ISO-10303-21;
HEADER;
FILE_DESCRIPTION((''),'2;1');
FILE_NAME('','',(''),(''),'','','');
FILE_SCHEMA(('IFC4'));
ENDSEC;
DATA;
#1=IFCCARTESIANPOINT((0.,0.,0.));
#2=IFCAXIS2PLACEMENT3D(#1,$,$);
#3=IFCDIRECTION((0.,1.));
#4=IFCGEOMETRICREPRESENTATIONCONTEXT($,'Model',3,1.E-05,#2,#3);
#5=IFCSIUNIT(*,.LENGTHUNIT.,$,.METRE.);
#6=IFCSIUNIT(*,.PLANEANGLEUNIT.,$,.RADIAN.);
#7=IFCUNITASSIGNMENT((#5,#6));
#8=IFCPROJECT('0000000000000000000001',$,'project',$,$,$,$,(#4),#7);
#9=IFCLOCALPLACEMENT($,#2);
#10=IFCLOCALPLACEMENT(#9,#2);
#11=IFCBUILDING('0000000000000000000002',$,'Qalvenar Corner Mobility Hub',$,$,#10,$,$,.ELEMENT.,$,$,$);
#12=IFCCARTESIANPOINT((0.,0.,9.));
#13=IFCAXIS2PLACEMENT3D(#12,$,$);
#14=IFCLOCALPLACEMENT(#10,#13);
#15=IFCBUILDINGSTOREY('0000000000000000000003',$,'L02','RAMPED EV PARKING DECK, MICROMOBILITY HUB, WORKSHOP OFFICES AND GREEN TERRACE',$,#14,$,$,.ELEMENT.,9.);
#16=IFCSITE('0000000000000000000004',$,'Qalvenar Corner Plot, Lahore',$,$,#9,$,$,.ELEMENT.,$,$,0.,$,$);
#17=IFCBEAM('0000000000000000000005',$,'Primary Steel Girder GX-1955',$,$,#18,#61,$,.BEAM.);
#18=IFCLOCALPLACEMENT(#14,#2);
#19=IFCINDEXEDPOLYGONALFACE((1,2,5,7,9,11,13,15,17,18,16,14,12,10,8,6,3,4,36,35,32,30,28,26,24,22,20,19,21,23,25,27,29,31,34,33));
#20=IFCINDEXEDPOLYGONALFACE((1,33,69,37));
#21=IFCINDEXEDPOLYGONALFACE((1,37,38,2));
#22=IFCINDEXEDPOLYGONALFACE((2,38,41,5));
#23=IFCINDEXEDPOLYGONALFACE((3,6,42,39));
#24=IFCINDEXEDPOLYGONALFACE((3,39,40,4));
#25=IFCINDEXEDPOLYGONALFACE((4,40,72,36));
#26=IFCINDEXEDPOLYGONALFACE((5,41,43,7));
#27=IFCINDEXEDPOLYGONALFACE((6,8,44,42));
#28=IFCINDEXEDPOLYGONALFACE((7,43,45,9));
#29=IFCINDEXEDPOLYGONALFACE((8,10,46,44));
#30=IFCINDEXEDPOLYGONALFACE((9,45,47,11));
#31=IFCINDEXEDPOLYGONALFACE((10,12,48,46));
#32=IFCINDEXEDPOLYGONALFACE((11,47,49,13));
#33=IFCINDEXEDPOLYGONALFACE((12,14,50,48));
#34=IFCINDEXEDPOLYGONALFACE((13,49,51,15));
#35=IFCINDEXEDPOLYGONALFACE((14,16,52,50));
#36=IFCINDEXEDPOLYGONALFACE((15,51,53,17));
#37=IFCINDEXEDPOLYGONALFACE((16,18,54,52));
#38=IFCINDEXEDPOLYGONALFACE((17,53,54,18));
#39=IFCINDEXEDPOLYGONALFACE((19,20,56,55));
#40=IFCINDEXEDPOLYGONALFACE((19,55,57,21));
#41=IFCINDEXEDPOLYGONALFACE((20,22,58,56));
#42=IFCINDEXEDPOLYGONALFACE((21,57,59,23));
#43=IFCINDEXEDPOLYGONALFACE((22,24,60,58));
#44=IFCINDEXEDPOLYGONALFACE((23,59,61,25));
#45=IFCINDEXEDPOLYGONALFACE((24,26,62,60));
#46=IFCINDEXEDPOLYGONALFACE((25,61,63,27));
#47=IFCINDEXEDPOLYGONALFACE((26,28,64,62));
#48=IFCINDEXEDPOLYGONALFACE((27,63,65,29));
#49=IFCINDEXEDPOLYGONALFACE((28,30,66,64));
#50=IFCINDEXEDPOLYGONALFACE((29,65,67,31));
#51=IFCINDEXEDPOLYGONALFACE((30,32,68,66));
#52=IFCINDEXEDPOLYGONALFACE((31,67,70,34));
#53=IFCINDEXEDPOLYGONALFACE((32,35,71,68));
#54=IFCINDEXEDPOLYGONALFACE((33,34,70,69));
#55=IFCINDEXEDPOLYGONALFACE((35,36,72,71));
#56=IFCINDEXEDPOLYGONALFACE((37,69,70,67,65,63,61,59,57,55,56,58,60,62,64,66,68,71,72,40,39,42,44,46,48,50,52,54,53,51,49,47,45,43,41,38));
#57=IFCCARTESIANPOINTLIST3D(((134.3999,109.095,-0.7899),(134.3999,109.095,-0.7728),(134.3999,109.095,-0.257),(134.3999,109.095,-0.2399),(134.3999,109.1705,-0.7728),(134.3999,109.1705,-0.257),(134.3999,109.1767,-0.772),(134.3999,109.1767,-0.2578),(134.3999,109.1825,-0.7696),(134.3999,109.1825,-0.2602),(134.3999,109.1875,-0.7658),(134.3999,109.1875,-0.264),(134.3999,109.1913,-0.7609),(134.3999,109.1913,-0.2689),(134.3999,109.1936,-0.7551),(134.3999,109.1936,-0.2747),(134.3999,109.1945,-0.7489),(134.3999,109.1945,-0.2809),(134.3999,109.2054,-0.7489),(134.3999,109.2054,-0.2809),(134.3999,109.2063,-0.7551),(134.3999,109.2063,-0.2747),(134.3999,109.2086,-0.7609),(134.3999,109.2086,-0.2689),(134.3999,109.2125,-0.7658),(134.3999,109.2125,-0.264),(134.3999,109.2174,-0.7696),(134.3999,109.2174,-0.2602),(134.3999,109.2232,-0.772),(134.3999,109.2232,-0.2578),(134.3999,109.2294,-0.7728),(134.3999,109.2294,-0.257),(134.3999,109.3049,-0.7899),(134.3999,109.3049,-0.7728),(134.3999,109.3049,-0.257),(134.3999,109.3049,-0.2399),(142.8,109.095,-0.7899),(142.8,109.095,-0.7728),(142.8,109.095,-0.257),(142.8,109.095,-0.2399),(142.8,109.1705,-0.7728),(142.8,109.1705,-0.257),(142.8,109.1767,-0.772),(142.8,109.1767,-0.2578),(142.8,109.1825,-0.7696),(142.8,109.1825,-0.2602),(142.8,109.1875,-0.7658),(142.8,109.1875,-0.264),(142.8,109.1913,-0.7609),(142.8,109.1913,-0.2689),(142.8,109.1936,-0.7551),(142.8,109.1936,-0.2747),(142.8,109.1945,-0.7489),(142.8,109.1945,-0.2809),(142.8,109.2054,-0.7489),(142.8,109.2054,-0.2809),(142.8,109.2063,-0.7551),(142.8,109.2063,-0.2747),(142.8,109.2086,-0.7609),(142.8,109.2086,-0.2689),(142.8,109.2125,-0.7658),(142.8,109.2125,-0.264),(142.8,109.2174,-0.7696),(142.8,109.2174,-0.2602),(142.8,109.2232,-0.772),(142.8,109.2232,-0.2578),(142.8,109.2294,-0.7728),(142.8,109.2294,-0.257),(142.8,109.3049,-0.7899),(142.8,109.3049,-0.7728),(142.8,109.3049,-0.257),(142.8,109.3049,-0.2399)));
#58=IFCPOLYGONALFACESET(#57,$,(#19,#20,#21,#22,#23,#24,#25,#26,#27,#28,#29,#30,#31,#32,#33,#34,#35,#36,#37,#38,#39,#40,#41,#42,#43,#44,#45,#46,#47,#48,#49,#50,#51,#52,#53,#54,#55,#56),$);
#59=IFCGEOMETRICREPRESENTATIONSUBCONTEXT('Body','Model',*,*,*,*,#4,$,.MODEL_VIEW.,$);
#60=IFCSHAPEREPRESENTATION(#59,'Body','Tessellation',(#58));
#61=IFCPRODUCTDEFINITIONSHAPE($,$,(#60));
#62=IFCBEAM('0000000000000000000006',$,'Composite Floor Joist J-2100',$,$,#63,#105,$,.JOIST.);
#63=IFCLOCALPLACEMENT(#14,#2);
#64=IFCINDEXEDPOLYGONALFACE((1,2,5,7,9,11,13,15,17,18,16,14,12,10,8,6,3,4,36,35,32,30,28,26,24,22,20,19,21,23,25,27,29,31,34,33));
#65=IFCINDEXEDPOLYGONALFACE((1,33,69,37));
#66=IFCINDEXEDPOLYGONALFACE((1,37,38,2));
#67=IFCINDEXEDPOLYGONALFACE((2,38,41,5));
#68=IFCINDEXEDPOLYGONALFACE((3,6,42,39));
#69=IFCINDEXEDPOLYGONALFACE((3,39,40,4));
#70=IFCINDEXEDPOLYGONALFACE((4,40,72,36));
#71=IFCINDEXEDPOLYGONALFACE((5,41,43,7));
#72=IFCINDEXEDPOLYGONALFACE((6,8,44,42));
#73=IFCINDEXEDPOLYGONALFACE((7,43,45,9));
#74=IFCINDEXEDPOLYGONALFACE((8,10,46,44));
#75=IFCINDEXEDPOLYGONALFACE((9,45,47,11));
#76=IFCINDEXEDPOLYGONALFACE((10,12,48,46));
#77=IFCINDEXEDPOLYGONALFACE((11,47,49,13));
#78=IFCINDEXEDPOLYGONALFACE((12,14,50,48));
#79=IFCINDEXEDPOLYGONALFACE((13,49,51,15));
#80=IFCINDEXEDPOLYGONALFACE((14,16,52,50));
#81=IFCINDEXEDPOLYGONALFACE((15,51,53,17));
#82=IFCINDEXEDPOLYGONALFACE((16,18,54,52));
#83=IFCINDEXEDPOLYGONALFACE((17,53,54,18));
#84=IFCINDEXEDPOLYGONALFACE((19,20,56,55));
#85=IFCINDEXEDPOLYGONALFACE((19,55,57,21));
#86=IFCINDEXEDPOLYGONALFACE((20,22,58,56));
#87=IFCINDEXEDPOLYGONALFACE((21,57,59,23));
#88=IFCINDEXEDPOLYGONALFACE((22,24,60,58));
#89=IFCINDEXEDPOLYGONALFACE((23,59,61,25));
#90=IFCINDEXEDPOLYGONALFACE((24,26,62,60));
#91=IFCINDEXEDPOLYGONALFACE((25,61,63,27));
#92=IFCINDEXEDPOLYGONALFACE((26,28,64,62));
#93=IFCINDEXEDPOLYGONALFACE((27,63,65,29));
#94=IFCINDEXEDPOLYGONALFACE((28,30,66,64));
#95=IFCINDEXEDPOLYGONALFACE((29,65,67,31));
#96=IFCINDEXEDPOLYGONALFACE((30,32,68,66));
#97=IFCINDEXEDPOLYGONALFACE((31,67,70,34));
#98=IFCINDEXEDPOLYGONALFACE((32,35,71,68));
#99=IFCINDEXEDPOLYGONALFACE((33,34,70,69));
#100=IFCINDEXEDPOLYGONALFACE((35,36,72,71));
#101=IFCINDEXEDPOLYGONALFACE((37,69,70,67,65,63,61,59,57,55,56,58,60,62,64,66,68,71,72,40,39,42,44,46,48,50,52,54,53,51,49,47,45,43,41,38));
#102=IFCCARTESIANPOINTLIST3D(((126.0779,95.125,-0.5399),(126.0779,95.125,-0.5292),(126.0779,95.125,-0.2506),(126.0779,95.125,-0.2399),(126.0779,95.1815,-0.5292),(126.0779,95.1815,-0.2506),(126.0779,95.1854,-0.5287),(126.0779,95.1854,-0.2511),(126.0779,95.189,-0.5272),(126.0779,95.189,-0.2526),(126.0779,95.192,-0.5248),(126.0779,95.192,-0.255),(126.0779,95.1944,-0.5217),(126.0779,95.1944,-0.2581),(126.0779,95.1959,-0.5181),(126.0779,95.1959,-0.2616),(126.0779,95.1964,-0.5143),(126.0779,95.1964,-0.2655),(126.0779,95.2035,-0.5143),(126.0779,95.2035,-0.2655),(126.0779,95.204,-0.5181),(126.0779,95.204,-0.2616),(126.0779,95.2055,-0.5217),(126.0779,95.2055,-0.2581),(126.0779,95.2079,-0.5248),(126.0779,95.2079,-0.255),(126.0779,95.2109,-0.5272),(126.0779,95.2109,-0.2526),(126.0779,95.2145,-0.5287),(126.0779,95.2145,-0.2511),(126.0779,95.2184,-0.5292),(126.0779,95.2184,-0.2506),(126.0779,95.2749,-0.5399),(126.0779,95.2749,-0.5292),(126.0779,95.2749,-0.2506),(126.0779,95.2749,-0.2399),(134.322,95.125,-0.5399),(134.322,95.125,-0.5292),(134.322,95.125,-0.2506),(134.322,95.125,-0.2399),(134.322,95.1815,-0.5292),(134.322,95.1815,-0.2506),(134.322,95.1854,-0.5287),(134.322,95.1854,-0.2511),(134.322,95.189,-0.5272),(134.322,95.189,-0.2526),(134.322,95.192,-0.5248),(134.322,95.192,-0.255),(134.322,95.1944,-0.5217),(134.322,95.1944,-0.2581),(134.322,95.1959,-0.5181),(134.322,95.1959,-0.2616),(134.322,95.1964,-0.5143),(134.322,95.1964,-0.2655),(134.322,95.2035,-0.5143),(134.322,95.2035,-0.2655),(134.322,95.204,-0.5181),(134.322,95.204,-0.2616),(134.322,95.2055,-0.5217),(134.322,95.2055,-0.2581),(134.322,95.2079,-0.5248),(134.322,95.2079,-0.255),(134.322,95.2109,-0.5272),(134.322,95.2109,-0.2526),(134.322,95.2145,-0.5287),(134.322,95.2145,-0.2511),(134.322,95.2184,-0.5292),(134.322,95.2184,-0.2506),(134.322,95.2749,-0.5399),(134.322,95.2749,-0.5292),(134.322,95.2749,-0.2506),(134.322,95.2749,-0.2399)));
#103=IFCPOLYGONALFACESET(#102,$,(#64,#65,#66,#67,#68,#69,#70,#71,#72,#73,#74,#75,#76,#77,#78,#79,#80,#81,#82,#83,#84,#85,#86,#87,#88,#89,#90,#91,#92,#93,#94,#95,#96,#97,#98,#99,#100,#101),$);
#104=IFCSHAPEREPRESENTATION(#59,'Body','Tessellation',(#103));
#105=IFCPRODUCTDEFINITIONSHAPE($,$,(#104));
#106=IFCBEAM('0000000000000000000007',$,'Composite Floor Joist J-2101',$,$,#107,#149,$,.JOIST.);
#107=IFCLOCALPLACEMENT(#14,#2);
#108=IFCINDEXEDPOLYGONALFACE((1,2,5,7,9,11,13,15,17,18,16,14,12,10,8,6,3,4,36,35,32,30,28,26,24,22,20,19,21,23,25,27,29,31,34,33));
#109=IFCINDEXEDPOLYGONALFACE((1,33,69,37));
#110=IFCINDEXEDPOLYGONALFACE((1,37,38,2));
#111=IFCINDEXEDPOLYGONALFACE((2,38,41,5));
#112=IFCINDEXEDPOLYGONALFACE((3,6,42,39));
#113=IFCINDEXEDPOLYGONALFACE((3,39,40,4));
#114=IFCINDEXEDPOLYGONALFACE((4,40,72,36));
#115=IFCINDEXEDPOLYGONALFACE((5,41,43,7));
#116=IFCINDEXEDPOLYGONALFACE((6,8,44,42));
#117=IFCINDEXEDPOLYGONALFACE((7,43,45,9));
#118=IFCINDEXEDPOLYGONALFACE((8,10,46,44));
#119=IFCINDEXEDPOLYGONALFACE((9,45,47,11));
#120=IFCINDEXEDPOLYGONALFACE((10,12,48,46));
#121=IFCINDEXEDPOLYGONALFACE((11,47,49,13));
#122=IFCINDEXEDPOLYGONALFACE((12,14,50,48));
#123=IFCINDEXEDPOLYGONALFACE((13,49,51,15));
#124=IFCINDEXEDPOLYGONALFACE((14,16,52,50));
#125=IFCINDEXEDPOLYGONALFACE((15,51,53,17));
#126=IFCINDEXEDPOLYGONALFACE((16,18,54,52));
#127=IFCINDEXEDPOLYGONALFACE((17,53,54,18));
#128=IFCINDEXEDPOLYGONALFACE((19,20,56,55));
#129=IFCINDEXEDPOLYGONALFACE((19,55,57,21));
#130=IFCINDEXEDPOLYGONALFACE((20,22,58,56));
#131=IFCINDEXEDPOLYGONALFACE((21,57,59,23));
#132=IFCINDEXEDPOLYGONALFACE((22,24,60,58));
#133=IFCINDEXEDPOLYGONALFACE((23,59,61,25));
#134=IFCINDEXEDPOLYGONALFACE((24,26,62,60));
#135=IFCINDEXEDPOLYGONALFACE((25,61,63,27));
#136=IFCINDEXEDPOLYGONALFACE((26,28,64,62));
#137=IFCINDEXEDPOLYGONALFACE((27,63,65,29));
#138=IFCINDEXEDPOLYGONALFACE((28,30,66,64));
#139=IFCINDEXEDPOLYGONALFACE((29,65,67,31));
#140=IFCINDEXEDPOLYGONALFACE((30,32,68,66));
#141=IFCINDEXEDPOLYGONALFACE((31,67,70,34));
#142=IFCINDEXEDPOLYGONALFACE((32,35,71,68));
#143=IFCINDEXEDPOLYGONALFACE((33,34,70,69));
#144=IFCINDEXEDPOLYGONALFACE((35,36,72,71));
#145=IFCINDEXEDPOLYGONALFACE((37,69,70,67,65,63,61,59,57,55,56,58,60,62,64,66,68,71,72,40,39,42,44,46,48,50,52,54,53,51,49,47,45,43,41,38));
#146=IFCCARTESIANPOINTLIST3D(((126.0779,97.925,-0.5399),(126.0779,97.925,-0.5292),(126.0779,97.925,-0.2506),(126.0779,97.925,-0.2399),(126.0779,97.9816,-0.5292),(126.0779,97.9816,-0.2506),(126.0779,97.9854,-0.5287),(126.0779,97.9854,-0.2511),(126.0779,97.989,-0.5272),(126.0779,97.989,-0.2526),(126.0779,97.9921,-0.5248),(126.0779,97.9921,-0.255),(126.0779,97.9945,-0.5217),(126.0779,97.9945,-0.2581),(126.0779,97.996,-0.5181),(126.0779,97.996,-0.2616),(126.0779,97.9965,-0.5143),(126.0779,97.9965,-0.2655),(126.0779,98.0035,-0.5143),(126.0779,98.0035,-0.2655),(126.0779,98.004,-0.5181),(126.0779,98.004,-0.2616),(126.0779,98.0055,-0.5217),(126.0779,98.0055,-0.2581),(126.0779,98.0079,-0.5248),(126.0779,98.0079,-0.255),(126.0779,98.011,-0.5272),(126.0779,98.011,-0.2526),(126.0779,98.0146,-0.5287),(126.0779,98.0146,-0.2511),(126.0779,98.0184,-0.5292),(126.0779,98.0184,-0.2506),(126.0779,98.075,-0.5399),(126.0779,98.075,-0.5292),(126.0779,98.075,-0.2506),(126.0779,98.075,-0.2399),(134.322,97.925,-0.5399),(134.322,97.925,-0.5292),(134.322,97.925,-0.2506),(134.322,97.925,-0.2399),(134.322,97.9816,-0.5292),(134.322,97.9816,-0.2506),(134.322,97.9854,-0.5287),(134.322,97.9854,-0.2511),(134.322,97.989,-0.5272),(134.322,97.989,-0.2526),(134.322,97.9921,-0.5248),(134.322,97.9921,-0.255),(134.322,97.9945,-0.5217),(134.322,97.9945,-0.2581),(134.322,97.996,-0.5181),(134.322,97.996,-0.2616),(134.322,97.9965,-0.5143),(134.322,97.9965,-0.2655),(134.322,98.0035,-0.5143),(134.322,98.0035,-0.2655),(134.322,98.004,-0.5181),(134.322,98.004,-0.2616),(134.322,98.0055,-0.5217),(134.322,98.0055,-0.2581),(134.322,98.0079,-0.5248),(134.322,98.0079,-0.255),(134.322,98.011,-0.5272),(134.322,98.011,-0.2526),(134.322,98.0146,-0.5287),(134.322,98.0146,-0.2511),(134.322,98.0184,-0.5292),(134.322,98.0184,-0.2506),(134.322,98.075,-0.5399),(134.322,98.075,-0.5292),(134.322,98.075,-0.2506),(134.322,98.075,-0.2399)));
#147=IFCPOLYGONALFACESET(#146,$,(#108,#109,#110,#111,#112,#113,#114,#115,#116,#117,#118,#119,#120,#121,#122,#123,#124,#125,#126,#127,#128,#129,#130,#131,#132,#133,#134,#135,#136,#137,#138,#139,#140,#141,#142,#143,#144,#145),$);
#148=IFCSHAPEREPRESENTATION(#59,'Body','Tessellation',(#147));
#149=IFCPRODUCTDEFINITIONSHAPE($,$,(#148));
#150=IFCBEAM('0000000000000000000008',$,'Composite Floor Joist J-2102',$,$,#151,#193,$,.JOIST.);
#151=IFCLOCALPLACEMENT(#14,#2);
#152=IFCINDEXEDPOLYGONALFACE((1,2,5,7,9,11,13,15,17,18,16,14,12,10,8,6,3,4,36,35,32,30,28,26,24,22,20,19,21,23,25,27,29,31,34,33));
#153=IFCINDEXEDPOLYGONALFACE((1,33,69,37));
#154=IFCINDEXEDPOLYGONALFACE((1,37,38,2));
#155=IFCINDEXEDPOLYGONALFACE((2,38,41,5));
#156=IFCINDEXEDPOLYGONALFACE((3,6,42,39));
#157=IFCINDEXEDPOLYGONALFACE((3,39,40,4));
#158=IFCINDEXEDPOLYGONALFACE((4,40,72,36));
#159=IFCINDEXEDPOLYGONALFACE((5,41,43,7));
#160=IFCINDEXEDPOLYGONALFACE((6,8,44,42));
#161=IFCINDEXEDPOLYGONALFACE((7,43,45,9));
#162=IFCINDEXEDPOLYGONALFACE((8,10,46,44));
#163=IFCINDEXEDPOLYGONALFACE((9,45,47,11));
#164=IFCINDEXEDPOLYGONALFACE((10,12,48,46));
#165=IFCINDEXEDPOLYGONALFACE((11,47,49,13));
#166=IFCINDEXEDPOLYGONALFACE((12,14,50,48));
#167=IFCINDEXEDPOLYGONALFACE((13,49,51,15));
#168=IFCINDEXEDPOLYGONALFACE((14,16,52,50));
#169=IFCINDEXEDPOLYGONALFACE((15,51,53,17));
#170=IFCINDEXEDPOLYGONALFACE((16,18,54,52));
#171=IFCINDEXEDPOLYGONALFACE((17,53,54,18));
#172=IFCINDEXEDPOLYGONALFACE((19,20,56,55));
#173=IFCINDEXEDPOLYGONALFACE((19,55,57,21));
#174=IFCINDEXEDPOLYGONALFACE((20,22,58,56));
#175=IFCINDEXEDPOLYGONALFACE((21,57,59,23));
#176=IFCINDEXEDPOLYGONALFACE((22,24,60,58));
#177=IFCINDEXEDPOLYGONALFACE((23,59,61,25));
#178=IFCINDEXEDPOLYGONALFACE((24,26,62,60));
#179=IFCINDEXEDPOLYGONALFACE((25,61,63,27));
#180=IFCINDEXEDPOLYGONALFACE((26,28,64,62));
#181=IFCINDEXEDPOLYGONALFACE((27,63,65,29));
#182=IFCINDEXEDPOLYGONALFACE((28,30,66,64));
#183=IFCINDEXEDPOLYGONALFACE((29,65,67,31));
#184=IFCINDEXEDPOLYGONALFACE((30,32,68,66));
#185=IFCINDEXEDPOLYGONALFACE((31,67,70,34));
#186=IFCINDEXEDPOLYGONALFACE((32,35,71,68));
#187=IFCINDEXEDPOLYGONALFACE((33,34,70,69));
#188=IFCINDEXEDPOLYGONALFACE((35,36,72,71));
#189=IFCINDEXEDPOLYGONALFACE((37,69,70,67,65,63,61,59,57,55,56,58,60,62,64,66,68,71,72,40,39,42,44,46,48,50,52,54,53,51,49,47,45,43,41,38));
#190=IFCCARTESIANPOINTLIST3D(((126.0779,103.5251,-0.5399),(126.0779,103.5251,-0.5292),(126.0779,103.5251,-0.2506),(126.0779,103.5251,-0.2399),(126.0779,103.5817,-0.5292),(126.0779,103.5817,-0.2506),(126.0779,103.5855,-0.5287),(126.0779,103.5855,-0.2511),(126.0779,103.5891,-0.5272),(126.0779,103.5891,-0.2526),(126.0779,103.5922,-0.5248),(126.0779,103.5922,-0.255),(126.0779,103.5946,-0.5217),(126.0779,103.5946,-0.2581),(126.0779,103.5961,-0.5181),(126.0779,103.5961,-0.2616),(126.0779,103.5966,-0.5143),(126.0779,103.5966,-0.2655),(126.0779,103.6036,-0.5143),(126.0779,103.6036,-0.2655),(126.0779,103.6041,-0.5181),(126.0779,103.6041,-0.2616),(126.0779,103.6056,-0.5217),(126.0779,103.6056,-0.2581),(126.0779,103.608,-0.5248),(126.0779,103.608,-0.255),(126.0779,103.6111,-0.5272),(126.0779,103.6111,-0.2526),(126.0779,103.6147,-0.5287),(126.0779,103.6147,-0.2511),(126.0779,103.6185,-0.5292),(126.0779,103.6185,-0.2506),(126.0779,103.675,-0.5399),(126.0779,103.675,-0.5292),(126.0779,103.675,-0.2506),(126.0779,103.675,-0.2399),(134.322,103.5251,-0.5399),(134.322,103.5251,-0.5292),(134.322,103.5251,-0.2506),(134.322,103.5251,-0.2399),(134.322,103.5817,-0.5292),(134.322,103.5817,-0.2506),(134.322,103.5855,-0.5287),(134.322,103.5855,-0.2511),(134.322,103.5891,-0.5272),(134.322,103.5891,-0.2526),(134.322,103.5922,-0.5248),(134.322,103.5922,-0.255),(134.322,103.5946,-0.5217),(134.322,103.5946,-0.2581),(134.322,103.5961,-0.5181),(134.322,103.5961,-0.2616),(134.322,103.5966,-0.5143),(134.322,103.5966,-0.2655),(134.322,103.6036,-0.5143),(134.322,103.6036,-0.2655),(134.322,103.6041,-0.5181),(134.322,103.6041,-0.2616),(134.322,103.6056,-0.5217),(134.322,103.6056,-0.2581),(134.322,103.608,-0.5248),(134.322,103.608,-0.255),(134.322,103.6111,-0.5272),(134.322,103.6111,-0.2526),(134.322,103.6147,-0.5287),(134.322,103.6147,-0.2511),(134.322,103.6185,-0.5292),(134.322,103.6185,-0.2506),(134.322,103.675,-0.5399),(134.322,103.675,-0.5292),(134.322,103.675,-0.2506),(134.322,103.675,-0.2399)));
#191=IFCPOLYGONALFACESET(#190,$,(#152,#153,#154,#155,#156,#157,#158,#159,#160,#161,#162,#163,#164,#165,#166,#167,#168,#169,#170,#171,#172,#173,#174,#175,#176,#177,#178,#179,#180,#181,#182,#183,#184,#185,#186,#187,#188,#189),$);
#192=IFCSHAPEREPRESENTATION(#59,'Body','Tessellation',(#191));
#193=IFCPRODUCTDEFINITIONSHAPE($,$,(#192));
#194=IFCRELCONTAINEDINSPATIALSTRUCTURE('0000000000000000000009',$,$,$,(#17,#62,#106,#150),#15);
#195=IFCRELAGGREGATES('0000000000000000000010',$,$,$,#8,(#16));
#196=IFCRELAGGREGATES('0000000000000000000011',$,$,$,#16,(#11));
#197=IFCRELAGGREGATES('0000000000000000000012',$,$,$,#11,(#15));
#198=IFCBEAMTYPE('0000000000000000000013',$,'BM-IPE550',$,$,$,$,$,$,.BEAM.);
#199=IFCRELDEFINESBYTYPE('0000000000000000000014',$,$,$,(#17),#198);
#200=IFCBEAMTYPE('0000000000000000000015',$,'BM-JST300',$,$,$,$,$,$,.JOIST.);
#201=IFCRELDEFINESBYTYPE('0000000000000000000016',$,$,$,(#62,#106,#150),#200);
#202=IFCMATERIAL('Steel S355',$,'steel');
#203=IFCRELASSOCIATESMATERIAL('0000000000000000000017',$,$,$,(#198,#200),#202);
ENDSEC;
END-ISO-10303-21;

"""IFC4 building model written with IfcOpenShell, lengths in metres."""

from ifc_helpers import new_model, si_unit, direction, frame, origin, origin_2d, place, context, subcontext, project, spatial, i_section, extrude, material, material_profile, profile_set, type_object, element, save


model = new_model("IFC4")

# Units and contexts
model_context = context("Model", 3, precision=1e-05, world=origin(), true_north=direction((0.0, 1.0)))
body_context = subcontext(model_context, "Body", "Model", "MODEL_VIEW")
ifc_project = project(units=[si_unit("LENGTHUNIT", "METRE"), si_unit("PLANEANGLEUNIT", "RADIAN")], contexts=[model_context])

# Site, building, storey
site_placement = place(None, origin())
site = spatial("IfcSite", under=ifc_project, at=site_placement, Name="Qalvenar Corner Plot, Lahore", CompositionType="ELEMENT", RefElevation=0.0)
building_placement = place(site_placement, origin())
building = spatial("IfcBuilding", under=site, at=building_placement, Name="Qalvenar Corner Mobility Hub", CompositionType="ELEMENT")
storey_placement = place(building_placement, frame((0.0, 0.0, 9.0)))
storey = spatial("IfcBuildingStorey", under=building, at=storey_placement, Name="L02", Description="RAMPED EV PARKING DECK, MICROMOBILITY HUB, WORKSHOP OFFICES AND GREEN TERRACE", CompositionType="ELEMENT", Elevation=9.0)

# Shared definitions
ifc_material_1 = material(Name="Steel S355", Category="steel")

# Beams
ifc_material_profile_1 = material_profile(ifc_material_1, i_section(OverallWidth=0.21, OverallDepth=0.55, WebThickness=0.011, FlangeThickness=0.0171, FilletRadius=0.0239, at=origin_2d()), Name="IPE550")
ifc_profile_set_1 = profile_set([ifc_material_profile_1], Name="Steel S355")
beam_type_1 = type_object("IfcBeamType", Name="BM-IPE550", PredefinedType="BEAM", material=ifc_profile_set_1)
beam_1_placement = place(storey_placement, frame((134.3999, 109.2, -0.5149), z_axis=(1.0, 0.0, 0.0), x_axis=(0.0, 1.0, 0.0)))
element("IfcBeam", 1, at=beam_1_placement, inside=storey, type_object=beam_type_1, Name="Primary Steel Girder GX-1955", PredefinedType="BEAM", context=body_context, shape_type="SweptSolid", body=[
    extrude(i_section(OverallWidth=0.21, OverallDepth=0.55, WebThickness=0.011, FlangeThickness=0.0171, FilletRadius=0.0239, at=origin_2d()), origin(), (0.0, 0.0, 1.0), 8.4001),
])
ifc_material_profile_2 = material_profile(ifc_material_1, i_section(OverallWidth=0.1499, OverallDepth=0.3, WebThickness=0.0071, FlangeThickness=0.0107, FilletRadius=0.0149, at=origin_2d()), Name="IPE300")
ifc_profile_set_2 = profile_set([ifc_material_profile_2], Name="Steel S355")
beam_type_2 = type_object("IfcBeamType", Name="BM-JST300", PredefinedType="JOIST", material=ifc_profile_set_2)
for number, where, z_axis, x_axis, name in (
    (2, (126.0779, 95.2, -0.3899), (1.0, 0.0, 0.0), (0.0, 1.0, 0.0), "Composite Floor Joist J-2100"),
    (3, (126.0779, 98.0, -0.3899), (1.0, 0.0, 0.0), (0.0, 1.0, 0.0), "Composite Floor Joist J-2101"),
    (4, (126.0779, 103.6001, -0.3899), (1.0, 0.0, 0.0), (0.0, 1.0, 0.0), "Composite Floor Joist J-2102"),
):
    element("IfcBeam", number, at=place(storey_placement, frame(where, z_axis=z_axis, x_axis=x_axis)), inside=storey, type_object=beam_type_2, Name=name, PredefinedType="JOIST", context=body_context, shape_type="SweptSolid", body=[
        extrude(i_section(OverallWidth=0.1499, OverallDepth=0.3, WebThickness=0.0071, FlangeThickness=0.0107, FilletRadius=0.0149, at=origin_2d()), origin(), (0.0, 0.0, 1.0), 8.2441),
    ])

save(model, "model.ifc")
